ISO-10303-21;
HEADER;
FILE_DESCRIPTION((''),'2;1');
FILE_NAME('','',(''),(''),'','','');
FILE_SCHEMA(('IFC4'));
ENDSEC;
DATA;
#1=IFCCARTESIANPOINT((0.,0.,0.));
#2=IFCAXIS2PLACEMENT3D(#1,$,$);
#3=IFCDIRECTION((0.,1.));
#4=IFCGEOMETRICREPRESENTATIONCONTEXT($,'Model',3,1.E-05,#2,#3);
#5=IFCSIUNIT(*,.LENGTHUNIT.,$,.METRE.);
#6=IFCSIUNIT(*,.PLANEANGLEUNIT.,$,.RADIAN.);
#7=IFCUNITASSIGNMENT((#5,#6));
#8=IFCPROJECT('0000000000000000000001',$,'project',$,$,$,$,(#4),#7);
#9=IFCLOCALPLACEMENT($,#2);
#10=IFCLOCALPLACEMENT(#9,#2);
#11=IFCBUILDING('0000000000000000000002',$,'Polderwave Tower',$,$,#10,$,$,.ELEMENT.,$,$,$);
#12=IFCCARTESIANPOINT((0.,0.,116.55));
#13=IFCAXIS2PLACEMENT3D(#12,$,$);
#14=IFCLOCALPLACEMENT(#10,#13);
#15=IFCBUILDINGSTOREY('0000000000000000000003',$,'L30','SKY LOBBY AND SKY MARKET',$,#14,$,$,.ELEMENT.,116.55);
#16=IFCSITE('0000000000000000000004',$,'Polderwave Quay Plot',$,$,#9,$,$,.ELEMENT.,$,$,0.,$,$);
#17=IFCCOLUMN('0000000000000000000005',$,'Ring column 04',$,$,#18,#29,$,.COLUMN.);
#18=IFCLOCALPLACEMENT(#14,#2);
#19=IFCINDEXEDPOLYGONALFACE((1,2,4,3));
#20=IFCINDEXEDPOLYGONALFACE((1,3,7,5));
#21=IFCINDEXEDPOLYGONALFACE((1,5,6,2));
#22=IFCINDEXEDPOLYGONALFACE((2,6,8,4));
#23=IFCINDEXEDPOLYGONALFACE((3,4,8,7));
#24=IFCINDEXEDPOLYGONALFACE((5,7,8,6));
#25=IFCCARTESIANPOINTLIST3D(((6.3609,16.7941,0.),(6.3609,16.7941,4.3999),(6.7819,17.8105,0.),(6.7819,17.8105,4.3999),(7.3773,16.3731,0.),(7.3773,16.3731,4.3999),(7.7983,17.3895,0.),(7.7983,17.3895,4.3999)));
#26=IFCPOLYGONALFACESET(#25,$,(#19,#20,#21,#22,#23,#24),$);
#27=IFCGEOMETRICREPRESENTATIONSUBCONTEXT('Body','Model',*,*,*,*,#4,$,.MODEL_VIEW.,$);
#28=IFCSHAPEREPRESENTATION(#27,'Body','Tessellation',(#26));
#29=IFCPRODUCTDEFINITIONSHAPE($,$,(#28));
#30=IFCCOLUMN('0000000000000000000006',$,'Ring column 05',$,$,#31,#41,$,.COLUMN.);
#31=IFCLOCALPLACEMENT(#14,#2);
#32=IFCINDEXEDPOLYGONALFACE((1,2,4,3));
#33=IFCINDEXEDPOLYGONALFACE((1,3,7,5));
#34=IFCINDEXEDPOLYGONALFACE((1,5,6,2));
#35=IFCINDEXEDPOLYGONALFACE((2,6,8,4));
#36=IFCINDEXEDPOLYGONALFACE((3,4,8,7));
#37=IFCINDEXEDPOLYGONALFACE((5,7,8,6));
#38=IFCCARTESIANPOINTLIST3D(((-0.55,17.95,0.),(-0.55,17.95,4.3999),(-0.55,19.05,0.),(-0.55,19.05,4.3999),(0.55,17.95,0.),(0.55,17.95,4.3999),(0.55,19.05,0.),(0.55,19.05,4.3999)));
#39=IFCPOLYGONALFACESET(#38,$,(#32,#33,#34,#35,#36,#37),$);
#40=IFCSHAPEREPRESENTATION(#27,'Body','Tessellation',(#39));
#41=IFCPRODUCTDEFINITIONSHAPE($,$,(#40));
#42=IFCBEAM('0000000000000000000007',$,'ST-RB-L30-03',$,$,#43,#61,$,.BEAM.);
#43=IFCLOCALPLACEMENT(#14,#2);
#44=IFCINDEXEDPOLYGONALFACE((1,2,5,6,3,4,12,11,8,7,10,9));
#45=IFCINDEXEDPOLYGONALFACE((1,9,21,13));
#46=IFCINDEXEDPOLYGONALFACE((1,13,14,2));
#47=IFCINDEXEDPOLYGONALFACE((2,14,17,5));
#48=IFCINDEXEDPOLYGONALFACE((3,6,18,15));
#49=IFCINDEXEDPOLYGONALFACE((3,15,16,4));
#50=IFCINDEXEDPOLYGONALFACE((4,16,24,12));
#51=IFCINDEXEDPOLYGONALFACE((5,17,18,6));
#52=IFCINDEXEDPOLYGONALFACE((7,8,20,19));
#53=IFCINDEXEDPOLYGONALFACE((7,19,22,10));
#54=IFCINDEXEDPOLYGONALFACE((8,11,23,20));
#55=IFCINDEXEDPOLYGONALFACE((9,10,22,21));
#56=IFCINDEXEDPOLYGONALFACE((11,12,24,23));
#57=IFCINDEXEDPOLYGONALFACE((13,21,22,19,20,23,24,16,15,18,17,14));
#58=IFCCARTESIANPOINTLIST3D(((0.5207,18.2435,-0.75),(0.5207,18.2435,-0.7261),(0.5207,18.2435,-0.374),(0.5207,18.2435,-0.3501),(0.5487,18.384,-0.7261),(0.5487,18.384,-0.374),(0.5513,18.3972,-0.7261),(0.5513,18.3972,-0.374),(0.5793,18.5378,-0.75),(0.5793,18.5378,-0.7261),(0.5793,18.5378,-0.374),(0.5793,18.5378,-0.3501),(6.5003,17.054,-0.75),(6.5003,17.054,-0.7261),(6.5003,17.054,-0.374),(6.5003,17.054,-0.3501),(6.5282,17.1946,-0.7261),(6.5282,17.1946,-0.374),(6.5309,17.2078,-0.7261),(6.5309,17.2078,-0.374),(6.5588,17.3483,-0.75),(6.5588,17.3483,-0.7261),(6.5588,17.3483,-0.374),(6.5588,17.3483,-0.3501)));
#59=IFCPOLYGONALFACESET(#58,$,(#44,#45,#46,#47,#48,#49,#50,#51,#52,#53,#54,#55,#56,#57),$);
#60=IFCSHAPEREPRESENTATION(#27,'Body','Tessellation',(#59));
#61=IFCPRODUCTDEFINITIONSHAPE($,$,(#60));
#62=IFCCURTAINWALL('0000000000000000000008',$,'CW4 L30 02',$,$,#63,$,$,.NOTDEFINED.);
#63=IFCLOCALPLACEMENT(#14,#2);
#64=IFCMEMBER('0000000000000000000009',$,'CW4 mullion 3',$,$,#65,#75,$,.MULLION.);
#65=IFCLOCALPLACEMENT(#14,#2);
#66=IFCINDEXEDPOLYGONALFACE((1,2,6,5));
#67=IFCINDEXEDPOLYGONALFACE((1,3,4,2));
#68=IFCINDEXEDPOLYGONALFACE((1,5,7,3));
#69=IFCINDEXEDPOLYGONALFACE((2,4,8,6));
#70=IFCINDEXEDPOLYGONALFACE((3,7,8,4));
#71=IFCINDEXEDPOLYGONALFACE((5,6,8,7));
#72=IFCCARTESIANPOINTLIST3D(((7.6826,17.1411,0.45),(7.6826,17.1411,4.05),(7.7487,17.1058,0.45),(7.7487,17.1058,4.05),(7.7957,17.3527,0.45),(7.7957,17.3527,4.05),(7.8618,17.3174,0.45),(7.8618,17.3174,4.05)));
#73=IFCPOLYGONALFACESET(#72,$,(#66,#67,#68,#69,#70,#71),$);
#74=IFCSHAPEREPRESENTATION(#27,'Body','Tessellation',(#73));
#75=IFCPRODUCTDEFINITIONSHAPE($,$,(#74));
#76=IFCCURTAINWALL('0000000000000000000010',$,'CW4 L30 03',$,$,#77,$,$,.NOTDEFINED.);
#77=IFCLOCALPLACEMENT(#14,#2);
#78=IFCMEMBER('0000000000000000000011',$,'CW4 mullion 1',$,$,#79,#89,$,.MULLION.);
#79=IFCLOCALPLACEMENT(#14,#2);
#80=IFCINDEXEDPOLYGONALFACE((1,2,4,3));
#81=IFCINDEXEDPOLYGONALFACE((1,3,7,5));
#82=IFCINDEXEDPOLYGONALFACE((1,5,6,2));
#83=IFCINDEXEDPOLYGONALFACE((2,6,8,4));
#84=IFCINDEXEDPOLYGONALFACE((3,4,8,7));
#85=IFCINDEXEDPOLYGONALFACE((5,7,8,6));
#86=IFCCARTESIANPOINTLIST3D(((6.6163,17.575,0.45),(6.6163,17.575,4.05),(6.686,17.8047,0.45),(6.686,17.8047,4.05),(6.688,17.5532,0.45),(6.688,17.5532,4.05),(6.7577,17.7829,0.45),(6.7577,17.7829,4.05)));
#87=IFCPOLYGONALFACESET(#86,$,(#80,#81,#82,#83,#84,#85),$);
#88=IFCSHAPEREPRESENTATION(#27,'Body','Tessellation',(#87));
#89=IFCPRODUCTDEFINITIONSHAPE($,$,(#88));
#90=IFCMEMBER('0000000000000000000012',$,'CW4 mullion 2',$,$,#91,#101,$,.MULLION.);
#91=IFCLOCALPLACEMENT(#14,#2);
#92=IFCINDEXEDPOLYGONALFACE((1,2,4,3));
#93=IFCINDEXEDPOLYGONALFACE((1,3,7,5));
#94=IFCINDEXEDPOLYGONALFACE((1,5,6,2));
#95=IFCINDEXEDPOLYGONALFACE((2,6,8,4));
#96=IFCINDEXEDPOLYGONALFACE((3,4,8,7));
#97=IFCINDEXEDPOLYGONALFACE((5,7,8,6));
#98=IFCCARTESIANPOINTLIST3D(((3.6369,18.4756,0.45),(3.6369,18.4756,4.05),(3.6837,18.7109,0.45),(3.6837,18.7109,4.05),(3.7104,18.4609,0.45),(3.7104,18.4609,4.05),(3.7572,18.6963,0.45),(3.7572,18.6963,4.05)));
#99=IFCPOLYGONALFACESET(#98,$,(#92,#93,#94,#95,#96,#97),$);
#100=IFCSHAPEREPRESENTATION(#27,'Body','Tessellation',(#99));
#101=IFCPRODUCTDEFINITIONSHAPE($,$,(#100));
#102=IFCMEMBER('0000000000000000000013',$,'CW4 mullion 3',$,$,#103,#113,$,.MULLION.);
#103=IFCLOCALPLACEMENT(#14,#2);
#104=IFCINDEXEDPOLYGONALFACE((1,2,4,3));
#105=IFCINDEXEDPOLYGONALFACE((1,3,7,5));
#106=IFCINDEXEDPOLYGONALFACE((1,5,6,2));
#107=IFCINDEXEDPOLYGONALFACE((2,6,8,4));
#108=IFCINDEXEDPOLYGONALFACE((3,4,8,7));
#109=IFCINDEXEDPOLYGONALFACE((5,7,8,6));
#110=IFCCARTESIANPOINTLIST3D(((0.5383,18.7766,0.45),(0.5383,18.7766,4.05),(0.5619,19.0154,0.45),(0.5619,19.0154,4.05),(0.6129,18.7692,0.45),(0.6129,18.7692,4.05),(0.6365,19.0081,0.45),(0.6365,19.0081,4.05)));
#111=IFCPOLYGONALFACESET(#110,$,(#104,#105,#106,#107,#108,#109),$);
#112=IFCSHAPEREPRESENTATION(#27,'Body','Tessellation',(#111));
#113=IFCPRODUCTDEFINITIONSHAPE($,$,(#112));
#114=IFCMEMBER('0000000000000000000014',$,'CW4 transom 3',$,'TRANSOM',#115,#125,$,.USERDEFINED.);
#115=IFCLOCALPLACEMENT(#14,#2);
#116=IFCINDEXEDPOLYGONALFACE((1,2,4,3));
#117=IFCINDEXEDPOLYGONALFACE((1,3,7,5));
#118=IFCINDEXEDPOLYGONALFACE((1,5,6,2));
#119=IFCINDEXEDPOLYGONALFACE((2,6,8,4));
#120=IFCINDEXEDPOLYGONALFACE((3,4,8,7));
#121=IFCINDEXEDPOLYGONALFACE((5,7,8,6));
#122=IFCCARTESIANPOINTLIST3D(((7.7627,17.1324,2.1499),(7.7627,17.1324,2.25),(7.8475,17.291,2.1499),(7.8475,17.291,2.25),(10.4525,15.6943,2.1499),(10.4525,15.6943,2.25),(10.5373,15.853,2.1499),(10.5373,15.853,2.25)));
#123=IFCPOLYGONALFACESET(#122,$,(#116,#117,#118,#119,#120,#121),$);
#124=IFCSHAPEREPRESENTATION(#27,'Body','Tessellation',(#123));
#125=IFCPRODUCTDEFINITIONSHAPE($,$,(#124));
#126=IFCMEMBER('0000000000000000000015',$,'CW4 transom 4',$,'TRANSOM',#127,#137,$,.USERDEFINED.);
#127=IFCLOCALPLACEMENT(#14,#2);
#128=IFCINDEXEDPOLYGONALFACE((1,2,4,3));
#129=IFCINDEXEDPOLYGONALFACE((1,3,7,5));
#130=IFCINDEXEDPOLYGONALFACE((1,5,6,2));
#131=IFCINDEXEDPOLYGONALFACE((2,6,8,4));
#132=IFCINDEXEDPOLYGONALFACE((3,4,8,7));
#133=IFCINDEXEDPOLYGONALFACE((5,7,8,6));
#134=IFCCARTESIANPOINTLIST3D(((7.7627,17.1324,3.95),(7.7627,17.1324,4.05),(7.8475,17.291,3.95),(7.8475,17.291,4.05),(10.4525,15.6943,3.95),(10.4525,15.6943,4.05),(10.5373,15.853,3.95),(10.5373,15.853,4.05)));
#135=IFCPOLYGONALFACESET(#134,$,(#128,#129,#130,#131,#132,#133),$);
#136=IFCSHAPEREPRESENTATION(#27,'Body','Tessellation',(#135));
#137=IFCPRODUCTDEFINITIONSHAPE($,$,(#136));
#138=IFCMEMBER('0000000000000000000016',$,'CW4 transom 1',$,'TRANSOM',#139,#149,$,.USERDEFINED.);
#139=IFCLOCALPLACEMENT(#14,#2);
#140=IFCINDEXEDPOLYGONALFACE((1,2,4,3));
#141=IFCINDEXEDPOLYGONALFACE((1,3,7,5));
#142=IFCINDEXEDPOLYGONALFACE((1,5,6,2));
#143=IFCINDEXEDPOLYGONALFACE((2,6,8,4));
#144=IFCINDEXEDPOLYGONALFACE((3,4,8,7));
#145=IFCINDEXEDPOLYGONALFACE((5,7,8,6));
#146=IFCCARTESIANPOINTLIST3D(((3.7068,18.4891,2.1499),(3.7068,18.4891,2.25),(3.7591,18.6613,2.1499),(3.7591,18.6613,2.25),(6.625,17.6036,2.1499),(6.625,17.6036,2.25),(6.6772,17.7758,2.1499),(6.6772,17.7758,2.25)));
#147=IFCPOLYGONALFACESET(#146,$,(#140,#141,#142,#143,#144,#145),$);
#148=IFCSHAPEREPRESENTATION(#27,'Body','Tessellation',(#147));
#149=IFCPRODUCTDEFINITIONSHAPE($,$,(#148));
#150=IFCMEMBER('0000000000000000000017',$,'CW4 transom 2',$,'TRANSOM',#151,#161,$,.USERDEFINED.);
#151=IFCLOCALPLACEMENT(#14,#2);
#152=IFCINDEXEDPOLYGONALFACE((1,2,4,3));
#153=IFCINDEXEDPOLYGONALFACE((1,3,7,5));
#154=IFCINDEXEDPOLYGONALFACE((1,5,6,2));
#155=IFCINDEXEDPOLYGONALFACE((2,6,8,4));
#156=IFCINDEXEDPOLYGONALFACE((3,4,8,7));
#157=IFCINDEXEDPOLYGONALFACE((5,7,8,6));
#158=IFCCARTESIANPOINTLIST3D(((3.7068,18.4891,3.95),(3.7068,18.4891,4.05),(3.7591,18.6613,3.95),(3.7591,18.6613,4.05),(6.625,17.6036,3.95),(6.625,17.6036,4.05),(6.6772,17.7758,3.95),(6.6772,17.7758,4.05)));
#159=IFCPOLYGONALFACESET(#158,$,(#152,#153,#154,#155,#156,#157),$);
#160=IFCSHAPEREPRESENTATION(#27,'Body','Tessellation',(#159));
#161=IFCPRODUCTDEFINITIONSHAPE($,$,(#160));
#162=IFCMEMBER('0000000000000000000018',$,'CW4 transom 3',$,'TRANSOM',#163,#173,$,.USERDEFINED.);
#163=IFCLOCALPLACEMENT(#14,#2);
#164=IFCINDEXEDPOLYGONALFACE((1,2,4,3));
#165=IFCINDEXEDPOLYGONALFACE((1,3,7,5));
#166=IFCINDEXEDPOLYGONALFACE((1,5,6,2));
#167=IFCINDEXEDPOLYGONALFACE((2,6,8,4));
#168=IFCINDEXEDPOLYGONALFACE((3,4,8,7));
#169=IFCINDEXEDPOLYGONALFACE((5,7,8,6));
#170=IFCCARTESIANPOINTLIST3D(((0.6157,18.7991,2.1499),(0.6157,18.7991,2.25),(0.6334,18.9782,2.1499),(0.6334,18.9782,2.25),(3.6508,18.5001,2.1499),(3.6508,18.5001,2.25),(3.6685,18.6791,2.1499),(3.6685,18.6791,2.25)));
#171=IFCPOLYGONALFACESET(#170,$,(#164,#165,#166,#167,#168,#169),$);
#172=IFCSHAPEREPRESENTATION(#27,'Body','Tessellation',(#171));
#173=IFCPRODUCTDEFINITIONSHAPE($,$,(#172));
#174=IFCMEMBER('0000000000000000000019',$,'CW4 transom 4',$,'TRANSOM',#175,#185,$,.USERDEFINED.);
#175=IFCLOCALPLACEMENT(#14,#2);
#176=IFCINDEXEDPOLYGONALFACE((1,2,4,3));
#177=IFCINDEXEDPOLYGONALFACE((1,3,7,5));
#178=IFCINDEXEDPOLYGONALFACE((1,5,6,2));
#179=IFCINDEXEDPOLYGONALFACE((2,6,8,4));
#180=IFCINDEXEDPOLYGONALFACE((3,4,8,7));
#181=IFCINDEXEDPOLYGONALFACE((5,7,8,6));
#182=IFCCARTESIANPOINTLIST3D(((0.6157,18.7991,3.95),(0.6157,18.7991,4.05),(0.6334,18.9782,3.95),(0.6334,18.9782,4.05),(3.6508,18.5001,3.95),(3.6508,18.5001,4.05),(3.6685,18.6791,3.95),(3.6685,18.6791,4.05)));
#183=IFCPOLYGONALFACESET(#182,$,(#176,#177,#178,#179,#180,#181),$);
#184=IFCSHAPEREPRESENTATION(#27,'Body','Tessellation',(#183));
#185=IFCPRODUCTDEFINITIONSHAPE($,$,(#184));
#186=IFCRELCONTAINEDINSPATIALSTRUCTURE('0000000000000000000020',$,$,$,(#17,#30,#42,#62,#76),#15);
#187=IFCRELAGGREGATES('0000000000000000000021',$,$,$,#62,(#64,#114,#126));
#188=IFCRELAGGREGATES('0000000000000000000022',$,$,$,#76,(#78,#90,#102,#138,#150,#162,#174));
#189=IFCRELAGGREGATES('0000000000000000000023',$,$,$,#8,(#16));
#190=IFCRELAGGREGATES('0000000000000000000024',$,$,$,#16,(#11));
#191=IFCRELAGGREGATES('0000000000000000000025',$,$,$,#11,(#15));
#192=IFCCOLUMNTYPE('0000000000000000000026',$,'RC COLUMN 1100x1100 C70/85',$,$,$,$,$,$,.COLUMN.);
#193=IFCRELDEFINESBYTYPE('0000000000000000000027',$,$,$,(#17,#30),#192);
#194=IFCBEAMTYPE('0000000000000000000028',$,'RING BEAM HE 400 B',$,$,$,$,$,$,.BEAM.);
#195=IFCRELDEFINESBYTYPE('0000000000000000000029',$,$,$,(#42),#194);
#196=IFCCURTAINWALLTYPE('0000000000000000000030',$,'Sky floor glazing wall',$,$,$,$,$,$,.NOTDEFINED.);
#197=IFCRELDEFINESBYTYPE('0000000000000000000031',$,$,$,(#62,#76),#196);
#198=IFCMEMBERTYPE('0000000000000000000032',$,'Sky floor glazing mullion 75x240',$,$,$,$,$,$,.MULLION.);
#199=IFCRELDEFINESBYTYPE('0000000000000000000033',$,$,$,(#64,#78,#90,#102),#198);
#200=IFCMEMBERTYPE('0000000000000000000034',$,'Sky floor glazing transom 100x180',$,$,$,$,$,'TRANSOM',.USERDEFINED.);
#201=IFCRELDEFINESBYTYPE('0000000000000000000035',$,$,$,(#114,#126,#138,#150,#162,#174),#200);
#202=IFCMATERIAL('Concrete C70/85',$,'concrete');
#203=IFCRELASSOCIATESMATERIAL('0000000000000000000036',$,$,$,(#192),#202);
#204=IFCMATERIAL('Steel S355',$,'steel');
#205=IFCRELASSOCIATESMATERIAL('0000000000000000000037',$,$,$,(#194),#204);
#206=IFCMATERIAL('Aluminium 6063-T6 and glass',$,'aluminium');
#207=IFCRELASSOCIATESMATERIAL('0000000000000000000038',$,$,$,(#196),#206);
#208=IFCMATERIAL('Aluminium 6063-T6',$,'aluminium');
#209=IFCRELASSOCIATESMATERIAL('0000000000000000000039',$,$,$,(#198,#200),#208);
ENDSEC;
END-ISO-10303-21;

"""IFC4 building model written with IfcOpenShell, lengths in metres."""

from ifc_helpers import new_model, si_unit, direction, frame, origin, origin_2d, place, context, subcontext, project, spatial, rectangle, i_section, extrude, material, material_profile, profile_set, type_object, element, aggregate, save


model = new_model("IFC4")

# Units and contexts
model_context = context("Model", 3, precision=1e-05, world=origin(), true_north=direction((0.0, 1.0)))
body_context = subcontext(model_context, "Body", "Model", "MODEL_VIEW")
ifc_project = project(units=[si_unit("LENGTHUNIT", "METRE"), si_unit("PLANEANGLEUNIT", "RADIAN")], contexts=[model_context])

# Site, building, storey
site_placement = place(None, origin())
site = spatial("IfcSite", under=ifc_project, at=site_placement, Name="Polderwave Quay Plot", CompositionType="ELEMENT", RefElevation=0.0)
building_placement = place(site_placement, origin())
building = spatial("IfcBuilding", under=site, at=building_placement, Name="Polderwave Tower", CompositionType="ELEMENT")
storey_placement = place(building_placement, frame((0.0, 0.0, 116.55)))
storey = spatial("IfcBuildingStorey", under=building, at=storey_placement, Name="L30", Description="SKY LOBBY AND SKY MARKET", CompositionType="ELEMENT", Elevation=116.55)

# Columns
ifc_material_1 = material(Name="Concrete C70/85", Category="concrete")
ifc_material_profile_1 = material_profile(ifc_material_1, rectangle(XDim=1.1001, YDim=1.1001, at=origin_2d()), Name="RC 1100x1100")
ifc_profile_set_1 = profile_set([ifc_material_profile_1], Name="Concrete C70/85")
column_type = type_object("IfcColumnType", Name="RC COLUMN 1100x1100 C70/85", PredefinedType="COLUMN", material=ifc_profile_set_1)
for number, where, z_axis, x_axis, name in (
    (1, (7.0796, 17.0918, 0.0), (0.0, 0.0, 1.0), (0.382683, 0.92388, 0.0), "Ring column 04"),
    (2, (0.0, 18.5, 0.0), (0.0, 0.0, 1.0), (0.0, 1.0, 0.0), "Ring column 05"),
):
    element("IfcColumn", number, at=place(storey_placement, frame(where, z_axis=z_axis, x_axis=x_axis)), inside=storey, type_object=column_type, Name=name, PredefinedType="COLUMN", context=body_context, shape_type="SweptSolid", body=[
        extrude(rectangle(XDim=1.1001, YDim=1.1001, at=origin_2d()), origin(), (0.0, 0.0, 1.0), 4.3999),
    ])

# Beam
ifc_material_2 = material(Name="Steel S355", Category="steel")
ifc_material_profile_2 = material_profile(ifc_material_2, i_section(OverallWidth=0.3, OverallDepth=0.3999, WebThickness=0.0134, FlangeThickness=0.0239, at=origin_2d()), Name="HE 400 B")
ifc_profile_set_2 = profile_set([ifc_material_profile_2], Name="Steel S355")
beam_type = type_object("IfcBeamType", Name="RING BEAM HE 400 B", PredefinedType="BEAM", material=ifc_profile_set_2)
beam_placement = place(storey_placement, frame((6.5295, 17.2012, -0.55), z_axis=(-0.980783, 0.1951, 0.0), x_axis=(-0.1951, -0.980783, 0.0)))
element("IfcBeam", 3, at=beam_placement, inside=storey, type_object=beam_type, Name="ST-RB-L30-03", PredefinedType="BEAM", context=body_context, shape_type="SweptSolid", body=[
    extrude(i_section(OverallWidth=0.3, OverallDepth=0.3999, WebThickness=0.0134, FlangeThickness=0.0239, at=origin_2d()), origin(), (0.0, 0.0, 1.0), 6.0967),
])

# Curtain wall, member
ifc_material_3 = material(Name="Aluminium 6063-T6 and glass", Category="aluminium")
curtain_wall_type = type_object("IfcCurtainWallType", Name="Sky floor glazing wall", PredefinedType="NOTDEFINED", material=ifc_material_3)
curtain_wall_1_placement = place(storey_placement, origin())
curtain_wall_1 = element("IfcCurtainWall", 4, at=curtain_wall_1_placement, inside=storey, type_object=curtain_wall_type, Name="CW4 L30 02", PredefinedType="NOTDEFINED")
ifc_material_4 = material(Name="Aluminium 6063-T6", Category="aluminium")
ifc_material_profile_3 = material_profile(ifc_material_4, rectangle(XDim=0.24, YDim=0.075, at=origin_2d()), Name="AL 75x240")
ifc_profile_set_3 = profile_set([ifc_material_profile_3], Name="Aluminium 6063-T6")
member_type_1 = type_object("IfcMemberType", Name="Sky floor glazing mullion 75x240", PredefinedType="MULLION", material=ifc_profile_set_3)
member_1_placement = place(storey_placement, frame((7.7722, 17.2292, 0.45), z_axis=(0.0, 0.0, 1.0), x_axis=(-0.471458, -0.881888, 0.0)))
member_1 = element("IfcMember", 5, at=member_1_placement, type_object=member_type_1, Name="CW4 mullion 3", PredefinedType="MULLION", context=body_context, shape_type="SweptSolid", body=[
    extrude(rectangle(XDim=0.24, YDim=0.075, at=origin_2d()), origin(), (0.0, 0.0, 1.0), 3.6001),
])

# Curtain wall, members
curtain_wall_2_placement = place(storey_placement, origin())
curtain_wall_2 = element("IfcCurtainWall", 6, at=curtain_wall_2_placement, inside=storey, type_object=curtain_wall_type, Name="CW4 L30 03", PredefinedType="NOTDEFINED")
member_2_placement = place(storey_placement, frame((6.687, 17.679, 0.45), z_axis=(0.0, 0.0, 1.0), x_axis=(-0.290306, -0.956934, 0.0)))
member_2 = element("IfcMember", 7, at=member_2_placement, type_object=member_type_1, Name="CW4 mullion 1", PredefinedType="MULLION", context=body_context, shape_type="SweptSolid", body=[
    extrude(rectangle(XDim=0.24, YDim=0.075, at=origin_2d()), origin(), (0.0, 0.0, 1.0), 3.6001),
])
member_3_placement = place(storey_placement, frame((3.697, 18.5859, 0.45), z_axis=(0.0, 0.0, 1.0), x_axis=(-0.195109, -0.980782, 0.0)))
member_3 = element("IfcMember", 8, at=member_3_placement, type_object=member_type_1, Name="CW4 mullion 2", PredefinedType="MULLION", context=body_context, shape_type="SweptSolid", body=[
    extrude(rectangle(XDim=0.24, YDim=0.075, at=origin_2d()), origin(), (0.0, 0.0, 1.0), 3.6001),
])
member_4_placement = place(storey_placement, frame((0.5874, 18.8923, 0.45), z_axis=(0.0, 0.0, 1.0), x_axis=(-0.098033, -0.995183, 0.0)))
member_4 = element("IfcMember", 9, at=member_4_placement, type_object=member_type_1, Name="CW4 mullion 3", PredefinedType="MULLION", context=body_context, shape_type="SweptSolid", body=[
    extrude(rectangle(XDim=0.24, YDim=0.075, at=origin_2d()), origin(), (0.0, 0.0, 1.0), 3.6001),
])

# Members
ifc_material_profile_4 = material_profile(ifc_material_4, rectangle(XDim=0.1799, YDim=0.1001, at=origin_2d()), Name="AL 100x180")
ifc_profile_set_4 = profile_set([ifc_material_profile_4], Name="Aluminium 6063-T6")
member_type_2 = type_object("IfcMemberType", Name="Sky floor glazing transom 100x180", ElementType="TRANSOM", PredefinedType="USERDEFINED", material=ifc_profile_set_4)
member_5_placement = place(storey_placement, frame((10.4949, 15.7737, 2.2), z_axis=(-0.881878, 0.471477, 0.0), x_axis=(-0.471477, -0.881878, 0.0)))
member_5 = element("IfcMember", 10, at=member_5_placement, type_object=member_type_2, Name="CW4 transom 3", ObjectType="TRANSOM", PredefinedType="USERDEFINED", context=body_context, shape_type="SweptSolid", body=[
    extrude(rectangle(XDim=0.1799, YDim=0.1001, at=origin_2d()), origin(), (0.0, 0.0, 1.0), 3.05),
])
member_6_placement = place(storey_placement, frame((10.4949, 15.7737, 4.0), z_axis=(-0.881878, 0.471477, 0.0), x_axis=(-0.471477, -0.881878, 0.0)))
member_6 = element("IfcMember", 11, at=member_6_placement, type_object=member_type_2, Name="CW4 transom 4", ObjectType="TRANSOM", PredefinedType="USERDEFINED", context=body_context, shape_type="SweptSolid", body=[
    extrude(rectangle(XDim=0.1799, YDim=0.1001, at=origin_2d()), origin(), (0.0, 0.0, 1.0), 3.05),
])
member_7_placement = place(storey_placement, frame((6.6511, 17.6897, 2.2), z_axis=(-0.956916, 0.290365, 0.0), x_axis=(-0.290365, -0.956916, 0.0)))
member_7 = element("IfcMember", 12, at=member_7_placement, type_object=member_type_2, Name="CW4 transom 1", ObjectType="TRANSOM", PredefinedType="USERDEFINED", context=body_context, shape_type="SweptSolid", body=[
    extrude(rectangle(XDim=0.1799, YDim=0.1001, at=origin_2d()), origin(), (0.0, 0.0, 1.0), 3.0496),
])
member_8_placement = place(storey_placement, frame((6.6511, 17.6897, 4.0), z_axis=(-0.956916, 0.290365, 0.0), x_axis=(-0.290365, -0.956916, 0.0)))
member_8 = element("IfcMember", 13, at=member_8_placement, type_object=member_type_2, Name="CW4 transom 2", ObjectType="TRANSOM", PredefinedType="USERDEFINED", context=body_context, shape_type="SweptSolid", body=[
    extrude(rectangle(XDim=0.1799, YDim=0.1001, at=origin_2d()), origin(), (0.0, 0.0, 1.0), 3.0496),
])
member_9_placement = place(storey_placement, frame((3.6597, 18.5896, 2.2), z_axis=(-0.99518, 0.098061, 0.0), x_axis=(-0.098061, -0.99518, 0.0)))
member_9 = element("IfcMember", 14, at=member_9_placement, type_object=member_type_2, Name="CW4 transom 3", ObjectType="TRANSOM", PredefinedType="USERDEFINED", context=body_context, shape_type="SweptSolid", body=[
    extrude(rectangle(XDim=0.1799, YDim=0.1001, at=origin_2d()), origin(), (0.0, 0.0, 1.0), 3.0498),
])
member_10_placement = place(storey_placement, frame((3.6597, 18.5896, 4.0), z_axis=(-0.99518, 0.098061, 0.0), x_axis=(-0.098061, -0.99518, 0.0)))
member_10 = element("IfcMember", 15, at=member_10_placement, type_object=member_type_2, Name="CW4 transom 4", ObjectType="TRANSOM", PredefinedType="USERDEFINED", context=body_context, shape_type="SweptSolid", body=[
    extrude(rectangle(XDim=0.1799, YDim=0.1001, at=origin_2d()), origin(), (0.0, 0.0, 1.0), 3.0498),
])

aggregate(curtain_wall_1, [member_1, member_5, member_6])
aggregate(curtain_wall_2, [member_2, member_3, member_4, member_7, member_8, member_9, member_10])

save(model, "model.ifc")
